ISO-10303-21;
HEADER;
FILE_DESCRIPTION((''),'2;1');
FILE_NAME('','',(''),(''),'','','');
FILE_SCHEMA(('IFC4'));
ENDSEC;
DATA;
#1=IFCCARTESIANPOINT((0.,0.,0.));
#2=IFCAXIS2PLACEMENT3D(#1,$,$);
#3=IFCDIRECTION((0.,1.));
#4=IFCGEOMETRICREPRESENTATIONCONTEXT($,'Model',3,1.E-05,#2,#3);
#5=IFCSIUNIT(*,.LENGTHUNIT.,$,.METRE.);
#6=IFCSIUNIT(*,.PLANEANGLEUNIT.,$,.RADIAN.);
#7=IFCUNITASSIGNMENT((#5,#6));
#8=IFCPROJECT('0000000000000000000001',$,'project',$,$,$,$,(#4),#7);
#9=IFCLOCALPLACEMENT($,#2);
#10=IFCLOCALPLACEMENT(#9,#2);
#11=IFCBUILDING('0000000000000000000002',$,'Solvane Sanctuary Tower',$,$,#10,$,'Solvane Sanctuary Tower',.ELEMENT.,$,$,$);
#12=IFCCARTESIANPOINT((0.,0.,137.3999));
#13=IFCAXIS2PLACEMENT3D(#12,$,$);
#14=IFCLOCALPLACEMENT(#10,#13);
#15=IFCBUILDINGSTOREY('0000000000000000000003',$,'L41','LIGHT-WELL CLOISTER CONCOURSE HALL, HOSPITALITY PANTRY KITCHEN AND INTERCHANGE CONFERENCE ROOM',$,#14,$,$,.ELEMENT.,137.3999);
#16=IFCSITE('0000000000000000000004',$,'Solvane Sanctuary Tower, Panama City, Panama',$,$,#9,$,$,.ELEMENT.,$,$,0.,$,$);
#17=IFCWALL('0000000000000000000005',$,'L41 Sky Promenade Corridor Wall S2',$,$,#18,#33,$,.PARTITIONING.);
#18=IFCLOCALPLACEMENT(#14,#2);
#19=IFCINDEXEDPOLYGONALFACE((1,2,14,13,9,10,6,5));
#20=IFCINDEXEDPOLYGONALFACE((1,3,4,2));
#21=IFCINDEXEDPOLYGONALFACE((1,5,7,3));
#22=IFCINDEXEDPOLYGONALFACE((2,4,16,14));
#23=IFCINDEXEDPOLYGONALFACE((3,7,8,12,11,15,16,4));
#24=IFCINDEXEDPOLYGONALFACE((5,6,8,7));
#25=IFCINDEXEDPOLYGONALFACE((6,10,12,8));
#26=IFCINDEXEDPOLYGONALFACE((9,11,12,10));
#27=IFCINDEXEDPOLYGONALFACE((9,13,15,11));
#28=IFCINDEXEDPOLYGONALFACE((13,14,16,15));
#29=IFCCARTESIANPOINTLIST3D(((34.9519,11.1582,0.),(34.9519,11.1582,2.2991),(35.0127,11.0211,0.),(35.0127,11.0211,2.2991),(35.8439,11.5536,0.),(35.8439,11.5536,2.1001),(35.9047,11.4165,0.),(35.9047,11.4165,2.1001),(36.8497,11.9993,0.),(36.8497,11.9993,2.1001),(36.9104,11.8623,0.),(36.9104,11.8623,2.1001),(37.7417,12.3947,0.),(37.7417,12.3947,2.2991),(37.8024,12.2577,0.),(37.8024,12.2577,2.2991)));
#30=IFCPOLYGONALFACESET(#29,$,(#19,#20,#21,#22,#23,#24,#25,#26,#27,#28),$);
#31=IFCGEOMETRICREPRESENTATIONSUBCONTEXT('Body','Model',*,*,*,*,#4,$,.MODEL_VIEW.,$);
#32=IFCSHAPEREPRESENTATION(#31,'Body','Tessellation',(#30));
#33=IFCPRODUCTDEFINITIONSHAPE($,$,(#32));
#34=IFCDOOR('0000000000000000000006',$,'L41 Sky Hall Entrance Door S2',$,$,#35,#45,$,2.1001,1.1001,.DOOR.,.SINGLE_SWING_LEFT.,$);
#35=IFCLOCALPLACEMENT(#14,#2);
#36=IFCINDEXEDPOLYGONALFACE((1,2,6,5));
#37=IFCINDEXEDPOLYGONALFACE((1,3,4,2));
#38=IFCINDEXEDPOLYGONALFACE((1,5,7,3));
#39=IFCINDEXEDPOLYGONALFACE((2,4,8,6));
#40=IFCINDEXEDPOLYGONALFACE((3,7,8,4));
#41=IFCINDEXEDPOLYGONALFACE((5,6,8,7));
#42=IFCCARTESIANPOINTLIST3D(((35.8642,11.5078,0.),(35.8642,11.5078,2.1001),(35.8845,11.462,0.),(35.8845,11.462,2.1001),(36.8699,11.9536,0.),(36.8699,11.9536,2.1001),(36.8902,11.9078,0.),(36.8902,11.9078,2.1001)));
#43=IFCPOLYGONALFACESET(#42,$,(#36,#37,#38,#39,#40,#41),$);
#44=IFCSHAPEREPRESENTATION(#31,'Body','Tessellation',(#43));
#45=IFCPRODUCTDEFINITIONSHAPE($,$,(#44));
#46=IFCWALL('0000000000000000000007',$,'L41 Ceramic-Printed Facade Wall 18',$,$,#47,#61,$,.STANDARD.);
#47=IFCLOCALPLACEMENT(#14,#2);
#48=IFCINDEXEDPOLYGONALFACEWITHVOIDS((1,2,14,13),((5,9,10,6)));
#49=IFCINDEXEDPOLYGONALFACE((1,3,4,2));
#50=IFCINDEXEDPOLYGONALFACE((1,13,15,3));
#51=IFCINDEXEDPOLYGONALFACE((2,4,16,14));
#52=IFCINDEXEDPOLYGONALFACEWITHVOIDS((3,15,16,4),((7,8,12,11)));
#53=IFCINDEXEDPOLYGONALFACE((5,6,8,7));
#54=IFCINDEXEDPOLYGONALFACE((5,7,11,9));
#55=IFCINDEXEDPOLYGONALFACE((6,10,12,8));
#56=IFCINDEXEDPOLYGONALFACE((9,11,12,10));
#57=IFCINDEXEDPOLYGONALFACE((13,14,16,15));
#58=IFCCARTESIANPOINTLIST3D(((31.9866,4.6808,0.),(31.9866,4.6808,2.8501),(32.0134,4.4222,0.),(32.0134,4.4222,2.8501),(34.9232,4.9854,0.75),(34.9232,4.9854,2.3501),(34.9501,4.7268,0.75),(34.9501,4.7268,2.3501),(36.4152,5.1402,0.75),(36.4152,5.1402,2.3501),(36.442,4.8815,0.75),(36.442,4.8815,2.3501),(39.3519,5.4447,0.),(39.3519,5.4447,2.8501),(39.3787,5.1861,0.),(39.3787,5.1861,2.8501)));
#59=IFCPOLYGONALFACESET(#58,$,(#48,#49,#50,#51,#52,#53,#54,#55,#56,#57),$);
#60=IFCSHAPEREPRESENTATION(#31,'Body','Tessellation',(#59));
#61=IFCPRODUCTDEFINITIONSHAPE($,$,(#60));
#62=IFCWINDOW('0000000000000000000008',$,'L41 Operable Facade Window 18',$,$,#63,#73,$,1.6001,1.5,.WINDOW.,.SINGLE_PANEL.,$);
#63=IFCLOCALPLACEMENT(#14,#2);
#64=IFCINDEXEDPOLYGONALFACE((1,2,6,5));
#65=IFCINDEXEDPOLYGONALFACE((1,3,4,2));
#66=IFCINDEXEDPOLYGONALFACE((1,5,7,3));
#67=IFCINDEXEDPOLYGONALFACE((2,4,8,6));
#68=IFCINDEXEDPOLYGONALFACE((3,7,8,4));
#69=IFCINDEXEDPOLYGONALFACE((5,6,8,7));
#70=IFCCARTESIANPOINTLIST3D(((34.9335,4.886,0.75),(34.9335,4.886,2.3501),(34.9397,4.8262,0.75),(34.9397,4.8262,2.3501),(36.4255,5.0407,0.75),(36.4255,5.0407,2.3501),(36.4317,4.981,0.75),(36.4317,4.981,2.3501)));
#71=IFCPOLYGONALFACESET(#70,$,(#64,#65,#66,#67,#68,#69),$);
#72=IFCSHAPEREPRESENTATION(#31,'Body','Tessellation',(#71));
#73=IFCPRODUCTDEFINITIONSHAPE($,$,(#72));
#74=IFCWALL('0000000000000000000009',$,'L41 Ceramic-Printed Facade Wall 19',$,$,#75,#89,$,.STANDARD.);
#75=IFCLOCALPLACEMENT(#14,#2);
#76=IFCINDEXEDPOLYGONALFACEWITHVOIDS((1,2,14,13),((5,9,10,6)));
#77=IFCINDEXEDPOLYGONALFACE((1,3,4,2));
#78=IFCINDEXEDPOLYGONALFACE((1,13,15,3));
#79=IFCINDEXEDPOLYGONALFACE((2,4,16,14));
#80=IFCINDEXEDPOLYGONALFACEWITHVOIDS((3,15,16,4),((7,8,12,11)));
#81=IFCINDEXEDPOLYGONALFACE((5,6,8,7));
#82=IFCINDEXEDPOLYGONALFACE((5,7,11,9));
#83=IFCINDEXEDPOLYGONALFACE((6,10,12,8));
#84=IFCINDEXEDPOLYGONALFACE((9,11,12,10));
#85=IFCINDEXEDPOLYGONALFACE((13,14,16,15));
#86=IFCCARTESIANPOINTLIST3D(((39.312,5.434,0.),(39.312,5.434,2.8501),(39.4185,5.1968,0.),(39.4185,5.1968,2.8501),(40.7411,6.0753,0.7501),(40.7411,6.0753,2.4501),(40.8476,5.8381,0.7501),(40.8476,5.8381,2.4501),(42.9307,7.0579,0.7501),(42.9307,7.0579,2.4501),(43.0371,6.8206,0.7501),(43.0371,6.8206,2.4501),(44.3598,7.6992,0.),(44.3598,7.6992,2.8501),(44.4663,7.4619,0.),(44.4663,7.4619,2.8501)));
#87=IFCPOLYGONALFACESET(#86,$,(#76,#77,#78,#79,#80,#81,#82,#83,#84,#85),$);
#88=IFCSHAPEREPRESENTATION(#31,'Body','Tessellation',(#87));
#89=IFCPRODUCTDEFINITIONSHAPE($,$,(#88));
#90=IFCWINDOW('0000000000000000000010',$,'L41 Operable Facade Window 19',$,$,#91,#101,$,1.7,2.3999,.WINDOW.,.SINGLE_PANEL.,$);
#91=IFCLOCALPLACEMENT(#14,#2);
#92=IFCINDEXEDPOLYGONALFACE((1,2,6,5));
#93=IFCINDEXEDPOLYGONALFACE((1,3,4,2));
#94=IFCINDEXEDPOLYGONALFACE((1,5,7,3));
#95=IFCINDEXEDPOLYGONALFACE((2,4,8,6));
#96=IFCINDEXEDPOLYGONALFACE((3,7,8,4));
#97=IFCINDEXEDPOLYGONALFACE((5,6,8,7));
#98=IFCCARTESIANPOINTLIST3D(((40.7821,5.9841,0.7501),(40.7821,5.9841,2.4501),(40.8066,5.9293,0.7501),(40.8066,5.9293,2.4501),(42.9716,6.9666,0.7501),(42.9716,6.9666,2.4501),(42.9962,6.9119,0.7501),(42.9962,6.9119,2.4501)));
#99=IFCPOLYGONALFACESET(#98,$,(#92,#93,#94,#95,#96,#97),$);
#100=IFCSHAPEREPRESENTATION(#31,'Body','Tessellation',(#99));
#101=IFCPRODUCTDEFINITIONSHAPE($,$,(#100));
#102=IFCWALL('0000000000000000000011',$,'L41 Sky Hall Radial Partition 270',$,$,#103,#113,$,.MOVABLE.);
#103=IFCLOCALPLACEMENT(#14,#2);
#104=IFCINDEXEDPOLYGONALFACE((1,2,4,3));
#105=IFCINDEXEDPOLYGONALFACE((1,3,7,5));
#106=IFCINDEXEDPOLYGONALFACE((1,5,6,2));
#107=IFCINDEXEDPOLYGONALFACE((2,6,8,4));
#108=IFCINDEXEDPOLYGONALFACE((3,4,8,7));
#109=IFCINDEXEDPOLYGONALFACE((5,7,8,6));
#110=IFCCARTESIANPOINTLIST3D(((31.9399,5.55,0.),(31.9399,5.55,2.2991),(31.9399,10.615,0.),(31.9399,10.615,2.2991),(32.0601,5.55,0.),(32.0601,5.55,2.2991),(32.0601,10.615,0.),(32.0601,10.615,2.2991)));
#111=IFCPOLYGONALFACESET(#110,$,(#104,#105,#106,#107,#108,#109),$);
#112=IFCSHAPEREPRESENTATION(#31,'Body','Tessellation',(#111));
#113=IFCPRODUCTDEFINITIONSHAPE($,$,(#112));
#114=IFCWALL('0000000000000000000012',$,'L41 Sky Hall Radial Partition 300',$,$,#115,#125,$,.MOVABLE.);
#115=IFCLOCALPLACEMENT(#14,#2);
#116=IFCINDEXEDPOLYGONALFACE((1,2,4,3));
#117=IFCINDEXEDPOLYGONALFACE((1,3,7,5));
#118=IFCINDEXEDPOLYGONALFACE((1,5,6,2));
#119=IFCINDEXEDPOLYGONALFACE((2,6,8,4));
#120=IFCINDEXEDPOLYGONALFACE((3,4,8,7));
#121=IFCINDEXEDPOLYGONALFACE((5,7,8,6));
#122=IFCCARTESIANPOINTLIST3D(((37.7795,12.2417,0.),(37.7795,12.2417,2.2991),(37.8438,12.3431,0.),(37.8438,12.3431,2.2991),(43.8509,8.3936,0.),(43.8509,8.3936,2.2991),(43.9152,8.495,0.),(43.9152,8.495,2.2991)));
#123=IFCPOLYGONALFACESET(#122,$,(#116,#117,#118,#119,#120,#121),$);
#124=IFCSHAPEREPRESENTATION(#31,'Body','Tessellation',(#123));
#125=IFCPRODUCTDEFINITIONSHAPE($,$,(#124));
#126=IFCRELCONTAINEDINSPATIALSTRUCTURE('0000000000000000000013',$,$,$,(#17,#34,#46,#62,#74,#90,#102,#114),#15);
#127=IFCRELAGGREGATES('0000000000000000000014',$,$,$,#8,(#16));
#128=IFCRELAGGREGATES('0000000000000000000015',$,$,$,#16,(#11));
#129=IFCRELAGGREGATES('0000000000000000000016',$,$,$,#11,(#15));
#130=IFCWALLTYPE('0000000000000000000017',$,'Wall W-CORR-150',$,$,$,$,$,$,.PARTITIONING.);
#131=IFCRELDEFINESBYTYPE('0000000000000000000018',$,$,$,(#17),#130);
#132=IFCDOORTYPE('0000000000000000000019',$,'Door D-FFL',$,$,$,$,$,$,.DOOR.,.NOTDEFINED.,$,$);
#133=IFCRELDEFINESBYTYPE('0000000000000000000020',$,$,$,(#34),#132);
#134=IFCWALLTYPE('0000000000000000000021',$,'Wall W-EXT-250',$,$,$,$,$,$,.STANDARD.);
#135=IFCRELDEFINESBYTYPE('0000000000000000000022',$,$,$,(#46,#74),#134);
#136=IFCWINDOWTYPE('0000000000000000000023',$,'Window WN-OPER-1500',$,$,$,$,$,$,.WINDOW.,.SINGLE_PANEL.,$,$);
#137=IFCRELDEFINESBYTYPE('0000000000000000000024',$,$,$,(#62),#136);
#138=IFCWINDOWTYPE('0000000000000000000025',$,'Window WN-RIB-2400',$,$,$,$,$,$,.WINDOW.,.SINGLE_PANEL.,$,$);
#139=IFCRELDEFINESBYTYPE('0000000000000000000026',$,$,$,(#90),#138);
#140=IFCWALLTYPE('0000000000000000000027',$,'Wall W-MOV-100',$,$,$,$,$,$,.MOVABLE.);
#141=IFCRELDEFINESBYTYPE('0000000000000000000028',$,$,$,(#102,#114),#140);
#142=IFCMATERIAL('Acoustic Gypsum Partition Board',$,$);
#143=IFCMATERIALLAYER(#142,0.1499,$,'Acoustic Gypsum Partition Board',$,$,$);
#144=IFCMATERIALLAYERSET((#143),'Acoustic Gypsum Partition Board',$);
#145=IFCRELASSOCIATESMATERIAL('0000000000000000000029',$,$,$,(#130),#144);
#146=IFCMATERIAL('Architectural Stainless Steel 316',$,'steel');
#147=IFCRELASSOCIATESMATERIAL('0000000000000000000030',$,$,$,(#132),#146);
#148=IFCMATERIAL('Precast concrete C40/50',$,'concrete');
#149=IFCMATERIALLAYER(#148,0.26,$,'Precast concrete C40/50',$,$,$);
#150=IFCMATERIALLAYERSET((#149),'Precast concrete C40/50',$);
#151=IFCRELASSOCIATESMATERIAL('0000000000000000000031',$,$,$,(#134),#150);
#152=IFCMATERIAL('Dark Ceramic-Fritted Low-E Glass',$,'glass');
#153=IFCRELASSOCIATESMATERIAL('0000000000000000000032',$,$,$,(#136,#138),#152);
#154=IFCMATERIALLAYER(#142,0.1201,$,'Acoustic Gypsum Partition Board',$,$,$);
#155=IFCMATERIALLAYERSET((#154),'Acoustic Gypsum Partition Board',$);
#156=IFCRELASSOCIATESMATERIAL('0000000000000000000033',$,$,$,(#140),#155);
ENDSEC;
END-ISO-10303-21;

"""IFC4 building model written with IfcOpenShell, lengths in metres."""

from ifc_helpers import new_model, si_unit, direction, frame, frame_2d, origin, place, context, subcontext, project, spatial, rectangle, extrude, material, layer, layer_set, type_object, element, fill, save


model = new_model("IFC4")

# Units and contexts
model_context = context("Model", 3, precision=1e-05, world=origin(), true_north=direction((0.0, 1.0)))
body_context = subcontext(model_context, "Body", "Model", "MODEL_VIEW")
ifc_project = project(units=[si_unit("LENGTHUNIT", "METRE"), si_unit("PLANEANGLEUNIT", "RADIAN")], contexts=[model_context])

# Site, building, storey
site_placement = place(None, origin())
site = spatial("IfcSite", under=ifc_project, at=site_placement, Name="Solvane Sanctuary Tower, Panama City, Panama", CompositionType="ELEMENT", RefElevation=0.0)
building_placement = place(site_placement, origin())
building = spatial("IfcBuilding", under=site, at=building_placement, Name="Solvane Sanctuary Tower", LongName="Solvane Sanctuary Tower", CompositionType="ELEMENT")
storey_placement = place(building_placement, frame((0.0, 0.0, 137.3999)))
storey = spatial("IfcBuildingStorey", under=building, at=storey_placement, Name="L41", Description="LIGHT-WELL CLOISTER CONCOURSE HALL, HOSPITALITY PANTRY KITCHEN AND INTERCHANGE CONFERENCE ROOM", CompositionType="ELEMENT", Elevation=137.3999)

# Shared definitions
ifc_material_1 = material(Name="Acoustic Gypsum Partition Board")
ifc_layer_1 = layer(ifc_material_1, 0.1499, Name="Acoustic Gypsum Partition Board")
ifc_layer_set_1 = layer_set([ifc_layer_1], Name="Acoustic Gypsum Partition Board")
wall_type_1 = type_object("IfcWallType", Name="Wall W-CORR-150", PredefinedType="PARTITIONING", material=ifc_layer_set_1)

# Wall, opening, door
wall_1_placement = place(storey_placement, frame((34.9822, 11.0896, 0.0), z_axis=(0.0, 0.0, 1.0), x_axis=(0.914217, 0.405225, 0.0)))
wall_1 = element("IfcWall", 1, at=wall_1_placement, inside=storey, type_object=wall_type_1, Name="L41 Sky Promenade Corridor Wall S2", PredefinedType="PARTITIONING", context=body_context, shape_type="SweptSolid", body=[
    extrude(rectangle(XDim=3.0515, YDim=0.1499, at=frame_2d((1.5259, 0.0))), origin(), (0.0, 0.0, 1.0), 2.2991),
])
opening_1_placement = place(wall_1_placement, frame((0.9758, 0.0, 0.0)))
opening_1 = element("IfcOpeningElement", 2, at=opening_1_placement, cuts=wall_1, PredefinedType="OPENING", context=body_context, shape_type="SweptSolid", body=[
    extrude(rectangle(XDim=1.1001, YDim=2.1001, at=frame_2d((0.55, 1.05))), frame((0.0, 0.085, 0.0), z_axis=(0.0, -1.0, 0.0), x_axis=(1.0, 0.0, 0.0)), (0.0, 0.0, 1.0), 0.1699),
])
ifc_material_2 = material(Name="Architectural Stainless Steel 316", Category="steel")
door_type_1 = type_object("IfcDoorType", Name="Door D-FFL", OperationType="NOTDEFINED", PredefinedType="DOOR", material=ifc_material_2)
door_1_placement = place(opening_1_placement, origin())
door_1 = element("IfcDoor", 3, at=door_1_placement, inside=storey, type_object=door_type_1, Name="L41 Sky Hall Entrance Door S2", OperationType="SINGLE_SWING_LEFT", OverallHeight=2.1001, OverallWidth=1.1001, PredefinedType="DOOR", context=body_context, shape_type="SweptSolid", body=[
    extrude(rectangle(XDim=1.1001, YDim=2.1001, at=frame_2d((0.55, 1.05))), frame((0.0, 0.0249, 0.0), z_axis=(0.0, -1.0, 0.0), x_axis=(1.0, 0.0, 0.0)), (0.0, 0.0, 1.0), 0.05),
])
fill(opening_1, door_1)

# Walls, openings, windows
ifc_material_3 = material(Name="Precast concrete C40/50", Category="concrete")
ifc_layer_2 = layer(ifc_material_3, 0.26, Name="Precast concrete C40/50")
ifc_layer_set_2 = layer_set([ifc_layer_2], Name="Precast concrete C40/50")
wall_type_2 = type_object("IfcWallType", Name="Wall W-EXT-250", PredefinedType="STANDARD", material=ifc_layer_set_2)
wall_2_placement = place(storey_placement, frame((32.0, 4.5515, 0.0), z_axis=(0.0, 0.0, 1.0), x_axis=(0.994664, 0.103166, 0.0)))
wall_2 = element("IfcWall", 4, at=wall_2_placement, inside=storey, type_object=wall_type_2, Name="L41 Ceramic-Printed Facade Wall 18", PredefinedType="STANDARD", context=body_context, shape_type="SweptSolid", body=[
    extrude(rectangle(XDim=7.4048, YDim=0.26, at=frame_2d((3.7024, 0.0))), origin(), (0.0, 0.0, 1.0), 2.8501),
])
opening_2_placement = place(wall_2_placement, frame((2.9524, 0.0, 0.75)))
opening_2 = element("IfcOpeningElement", 5, at=opening_2_placement, cuts=wall_2, PredefinedType="OPENING", context=body_context, shape_type="SweptSolid", body=[
    extrude(rectangle(XDim=1.5, YDim=1.6001, at=frame_2d((0.75, 0.8))), frame((0.0, 0.1399, 0.0), z_axis=(0.0, -1.0, 0.0), x_axis=(1.0, 0.0, 0.0)), (0.0, 0.0, 1.0), 0.28),
])
ifc_material_4 = material(Name="Dark Ceramic-Fritted Low-E Glass", Category="glass")
window_type_1 = type_object("IfcWindowType", Name="Window WN-OPER-1500", PartitioningType="SINGLE_PANEL", PredefinedType="WINDOW", material=ifc_material_4)
window_1_placement = place(opening_2_placement, origin())
window_1 = element("IfcWindow", 6, at=window_1_placement, inside=storey, type_object=window_type_1, Name="L41 Operable Facade Window 18", OverallHeight=1.6001, OverallWidth=1.5, PartitioningType="SINGLE_PANEL", PredefinedType="WINDOW", context=body_context, shape_type="SweptSolid", body=[
    extrude(rectangle(XDim=1.5, YDim=1.6001, at=frame_2d((0.75, 0.8))), frame((0.0, 0.03, 0.0), z_axis=(0.0, -1.0, 0.0), x_axis=(1.0, 0.0, 0.0)), (0.0, 0.0, 1.0), 0.0601),
])
fill(opening_2, window_1)
wall_3_placement = place(storey_placement, frame((39.3652, 5.3154, 0.0), z_axis=(0.0, 0.0, 1.0), x_axis=(0.912354, 0.409403, 0.0)))
wall_3 = element("IfcWall", 7, at=wall_3_placement, inside=storey, type_object=wall_type_2, Name="L41 Ceramic-Printed Facade Wall 19", PredefinedType="STANDARD", context=body_context, shape_type="SweptSolid", body=[
    extrude(rectangle(XDim=5.5327, YDim=0.26, at=frame_2d((2.7664, 0.0))), origin(), (0.0, 0.0, 1.0), 2.8501),
])
opening_3_placement = place(wall_3_placement, frame((1.5664, 0.0, 0.75)))
opening_3 = element("IfcOpeningElement", 8, at=opening_3_placement, cuts=wall_3, PredefinedType="OPENING", context=body_context, shape_type="SweptSolid", body=[
    extrude(rectangle(XDim=2.3999, YDim=1.7, at=frame_2d((1.2, 0.8501))), frame((0.0, 0.1399, 0.0), z_axis=(0.0, -1.0, 0.0), x_axis=(1.0, 0.0, 0.0)), (0.0, 0.0, 1.0), 0.28),
])
window_type_2 = type_object("IfcWindowType", Name="Window WN-RIB-2400", PartitioningType="SINGLE_PANEL", PredefinedType="WINDOW", material=ifc_material_4)
window_2_placement = place(opening_3_placement, origin())
window_2 = element("IfcWindow", 9, at=window_2_placement, inside=storey, type_object=window_type_2, Name="L41 Operable Facade Window 19", OverallHeight=1.7, OverallWidth=2.3999, PartitioningType="SINGLE_PANEL", PredefinedType="WINDOW", context=body_context, shape_type="SweptSolid", body=[
    extrude(rectangle(XDim=2.3999, YDim=1.7, at=frame_2d((1.2, 0.8501))), frame((0.0, 0.03, 0.0), z_axis=(0.0, -1.0, 0.0), x_axis=(1.0, 0.0, 0.0)), (0.0, 0.0, 1.0), 0.0601),
])
fill(opening_3, window_2)

# Walls
ifc_layer_3 = layer(ifc_material_1, 0.1201, Name="Acoustic Gypsum Partition Board")
ifc_layer_set_3 = layer_set([ifc_layer_3], Name="Acoustic Gypsum Partition Board")
wall_type_3 = type_object("IfcWallType", Name="Wall W-MOV-100", PredefinedType="MOVABLE", material=ifc_layer_set_3)
wall_4_placement = place(storey_placement, frame((32.0, 10.615, 0.0), z_axis=(0.0, 0.0, 1.0), x_axis=(0.0, -1.0, 0.0)))
element("IfcWall", 10, at=wall_4_placement, inside=storey, type_object=wall_type_3, Name="L41 Sky Hall Radial Partition 270", PredefinedType="MOVABLE", context=body_context, shape_type="SweptSolid", body=[
    extrude(rectangle(XDim=5.0649, YDim=0.1201, at=frame_2d((2.5325, 0.0))), origin(), (0.0, 0.0, 1.0), 2.2991),
])
wall_5_placement = place(storey_placement, frame((37.8115, 12.2925, 0.0), z_axis=(0.0, 0.0, 1.0), x_axis=(0.84464, -0.535334, 0.0)))
element("IfcWall", 11, at=wall_5_placement, inside=storey, type_object=wall_type_3, Name="L41 Sky Hall Radial Partition 300", PredefinedType="MOVABLE", context=body_context, shape_type="SweptSolid", body=[
    extrude(rectangle(XDim=7.1882, YDim=0.1201, at=frame_2d((3.5942, 0.0))), origin(), (0.0, 0.0, 1.0), 2.2991),
])

save(model, "model.ifc")
